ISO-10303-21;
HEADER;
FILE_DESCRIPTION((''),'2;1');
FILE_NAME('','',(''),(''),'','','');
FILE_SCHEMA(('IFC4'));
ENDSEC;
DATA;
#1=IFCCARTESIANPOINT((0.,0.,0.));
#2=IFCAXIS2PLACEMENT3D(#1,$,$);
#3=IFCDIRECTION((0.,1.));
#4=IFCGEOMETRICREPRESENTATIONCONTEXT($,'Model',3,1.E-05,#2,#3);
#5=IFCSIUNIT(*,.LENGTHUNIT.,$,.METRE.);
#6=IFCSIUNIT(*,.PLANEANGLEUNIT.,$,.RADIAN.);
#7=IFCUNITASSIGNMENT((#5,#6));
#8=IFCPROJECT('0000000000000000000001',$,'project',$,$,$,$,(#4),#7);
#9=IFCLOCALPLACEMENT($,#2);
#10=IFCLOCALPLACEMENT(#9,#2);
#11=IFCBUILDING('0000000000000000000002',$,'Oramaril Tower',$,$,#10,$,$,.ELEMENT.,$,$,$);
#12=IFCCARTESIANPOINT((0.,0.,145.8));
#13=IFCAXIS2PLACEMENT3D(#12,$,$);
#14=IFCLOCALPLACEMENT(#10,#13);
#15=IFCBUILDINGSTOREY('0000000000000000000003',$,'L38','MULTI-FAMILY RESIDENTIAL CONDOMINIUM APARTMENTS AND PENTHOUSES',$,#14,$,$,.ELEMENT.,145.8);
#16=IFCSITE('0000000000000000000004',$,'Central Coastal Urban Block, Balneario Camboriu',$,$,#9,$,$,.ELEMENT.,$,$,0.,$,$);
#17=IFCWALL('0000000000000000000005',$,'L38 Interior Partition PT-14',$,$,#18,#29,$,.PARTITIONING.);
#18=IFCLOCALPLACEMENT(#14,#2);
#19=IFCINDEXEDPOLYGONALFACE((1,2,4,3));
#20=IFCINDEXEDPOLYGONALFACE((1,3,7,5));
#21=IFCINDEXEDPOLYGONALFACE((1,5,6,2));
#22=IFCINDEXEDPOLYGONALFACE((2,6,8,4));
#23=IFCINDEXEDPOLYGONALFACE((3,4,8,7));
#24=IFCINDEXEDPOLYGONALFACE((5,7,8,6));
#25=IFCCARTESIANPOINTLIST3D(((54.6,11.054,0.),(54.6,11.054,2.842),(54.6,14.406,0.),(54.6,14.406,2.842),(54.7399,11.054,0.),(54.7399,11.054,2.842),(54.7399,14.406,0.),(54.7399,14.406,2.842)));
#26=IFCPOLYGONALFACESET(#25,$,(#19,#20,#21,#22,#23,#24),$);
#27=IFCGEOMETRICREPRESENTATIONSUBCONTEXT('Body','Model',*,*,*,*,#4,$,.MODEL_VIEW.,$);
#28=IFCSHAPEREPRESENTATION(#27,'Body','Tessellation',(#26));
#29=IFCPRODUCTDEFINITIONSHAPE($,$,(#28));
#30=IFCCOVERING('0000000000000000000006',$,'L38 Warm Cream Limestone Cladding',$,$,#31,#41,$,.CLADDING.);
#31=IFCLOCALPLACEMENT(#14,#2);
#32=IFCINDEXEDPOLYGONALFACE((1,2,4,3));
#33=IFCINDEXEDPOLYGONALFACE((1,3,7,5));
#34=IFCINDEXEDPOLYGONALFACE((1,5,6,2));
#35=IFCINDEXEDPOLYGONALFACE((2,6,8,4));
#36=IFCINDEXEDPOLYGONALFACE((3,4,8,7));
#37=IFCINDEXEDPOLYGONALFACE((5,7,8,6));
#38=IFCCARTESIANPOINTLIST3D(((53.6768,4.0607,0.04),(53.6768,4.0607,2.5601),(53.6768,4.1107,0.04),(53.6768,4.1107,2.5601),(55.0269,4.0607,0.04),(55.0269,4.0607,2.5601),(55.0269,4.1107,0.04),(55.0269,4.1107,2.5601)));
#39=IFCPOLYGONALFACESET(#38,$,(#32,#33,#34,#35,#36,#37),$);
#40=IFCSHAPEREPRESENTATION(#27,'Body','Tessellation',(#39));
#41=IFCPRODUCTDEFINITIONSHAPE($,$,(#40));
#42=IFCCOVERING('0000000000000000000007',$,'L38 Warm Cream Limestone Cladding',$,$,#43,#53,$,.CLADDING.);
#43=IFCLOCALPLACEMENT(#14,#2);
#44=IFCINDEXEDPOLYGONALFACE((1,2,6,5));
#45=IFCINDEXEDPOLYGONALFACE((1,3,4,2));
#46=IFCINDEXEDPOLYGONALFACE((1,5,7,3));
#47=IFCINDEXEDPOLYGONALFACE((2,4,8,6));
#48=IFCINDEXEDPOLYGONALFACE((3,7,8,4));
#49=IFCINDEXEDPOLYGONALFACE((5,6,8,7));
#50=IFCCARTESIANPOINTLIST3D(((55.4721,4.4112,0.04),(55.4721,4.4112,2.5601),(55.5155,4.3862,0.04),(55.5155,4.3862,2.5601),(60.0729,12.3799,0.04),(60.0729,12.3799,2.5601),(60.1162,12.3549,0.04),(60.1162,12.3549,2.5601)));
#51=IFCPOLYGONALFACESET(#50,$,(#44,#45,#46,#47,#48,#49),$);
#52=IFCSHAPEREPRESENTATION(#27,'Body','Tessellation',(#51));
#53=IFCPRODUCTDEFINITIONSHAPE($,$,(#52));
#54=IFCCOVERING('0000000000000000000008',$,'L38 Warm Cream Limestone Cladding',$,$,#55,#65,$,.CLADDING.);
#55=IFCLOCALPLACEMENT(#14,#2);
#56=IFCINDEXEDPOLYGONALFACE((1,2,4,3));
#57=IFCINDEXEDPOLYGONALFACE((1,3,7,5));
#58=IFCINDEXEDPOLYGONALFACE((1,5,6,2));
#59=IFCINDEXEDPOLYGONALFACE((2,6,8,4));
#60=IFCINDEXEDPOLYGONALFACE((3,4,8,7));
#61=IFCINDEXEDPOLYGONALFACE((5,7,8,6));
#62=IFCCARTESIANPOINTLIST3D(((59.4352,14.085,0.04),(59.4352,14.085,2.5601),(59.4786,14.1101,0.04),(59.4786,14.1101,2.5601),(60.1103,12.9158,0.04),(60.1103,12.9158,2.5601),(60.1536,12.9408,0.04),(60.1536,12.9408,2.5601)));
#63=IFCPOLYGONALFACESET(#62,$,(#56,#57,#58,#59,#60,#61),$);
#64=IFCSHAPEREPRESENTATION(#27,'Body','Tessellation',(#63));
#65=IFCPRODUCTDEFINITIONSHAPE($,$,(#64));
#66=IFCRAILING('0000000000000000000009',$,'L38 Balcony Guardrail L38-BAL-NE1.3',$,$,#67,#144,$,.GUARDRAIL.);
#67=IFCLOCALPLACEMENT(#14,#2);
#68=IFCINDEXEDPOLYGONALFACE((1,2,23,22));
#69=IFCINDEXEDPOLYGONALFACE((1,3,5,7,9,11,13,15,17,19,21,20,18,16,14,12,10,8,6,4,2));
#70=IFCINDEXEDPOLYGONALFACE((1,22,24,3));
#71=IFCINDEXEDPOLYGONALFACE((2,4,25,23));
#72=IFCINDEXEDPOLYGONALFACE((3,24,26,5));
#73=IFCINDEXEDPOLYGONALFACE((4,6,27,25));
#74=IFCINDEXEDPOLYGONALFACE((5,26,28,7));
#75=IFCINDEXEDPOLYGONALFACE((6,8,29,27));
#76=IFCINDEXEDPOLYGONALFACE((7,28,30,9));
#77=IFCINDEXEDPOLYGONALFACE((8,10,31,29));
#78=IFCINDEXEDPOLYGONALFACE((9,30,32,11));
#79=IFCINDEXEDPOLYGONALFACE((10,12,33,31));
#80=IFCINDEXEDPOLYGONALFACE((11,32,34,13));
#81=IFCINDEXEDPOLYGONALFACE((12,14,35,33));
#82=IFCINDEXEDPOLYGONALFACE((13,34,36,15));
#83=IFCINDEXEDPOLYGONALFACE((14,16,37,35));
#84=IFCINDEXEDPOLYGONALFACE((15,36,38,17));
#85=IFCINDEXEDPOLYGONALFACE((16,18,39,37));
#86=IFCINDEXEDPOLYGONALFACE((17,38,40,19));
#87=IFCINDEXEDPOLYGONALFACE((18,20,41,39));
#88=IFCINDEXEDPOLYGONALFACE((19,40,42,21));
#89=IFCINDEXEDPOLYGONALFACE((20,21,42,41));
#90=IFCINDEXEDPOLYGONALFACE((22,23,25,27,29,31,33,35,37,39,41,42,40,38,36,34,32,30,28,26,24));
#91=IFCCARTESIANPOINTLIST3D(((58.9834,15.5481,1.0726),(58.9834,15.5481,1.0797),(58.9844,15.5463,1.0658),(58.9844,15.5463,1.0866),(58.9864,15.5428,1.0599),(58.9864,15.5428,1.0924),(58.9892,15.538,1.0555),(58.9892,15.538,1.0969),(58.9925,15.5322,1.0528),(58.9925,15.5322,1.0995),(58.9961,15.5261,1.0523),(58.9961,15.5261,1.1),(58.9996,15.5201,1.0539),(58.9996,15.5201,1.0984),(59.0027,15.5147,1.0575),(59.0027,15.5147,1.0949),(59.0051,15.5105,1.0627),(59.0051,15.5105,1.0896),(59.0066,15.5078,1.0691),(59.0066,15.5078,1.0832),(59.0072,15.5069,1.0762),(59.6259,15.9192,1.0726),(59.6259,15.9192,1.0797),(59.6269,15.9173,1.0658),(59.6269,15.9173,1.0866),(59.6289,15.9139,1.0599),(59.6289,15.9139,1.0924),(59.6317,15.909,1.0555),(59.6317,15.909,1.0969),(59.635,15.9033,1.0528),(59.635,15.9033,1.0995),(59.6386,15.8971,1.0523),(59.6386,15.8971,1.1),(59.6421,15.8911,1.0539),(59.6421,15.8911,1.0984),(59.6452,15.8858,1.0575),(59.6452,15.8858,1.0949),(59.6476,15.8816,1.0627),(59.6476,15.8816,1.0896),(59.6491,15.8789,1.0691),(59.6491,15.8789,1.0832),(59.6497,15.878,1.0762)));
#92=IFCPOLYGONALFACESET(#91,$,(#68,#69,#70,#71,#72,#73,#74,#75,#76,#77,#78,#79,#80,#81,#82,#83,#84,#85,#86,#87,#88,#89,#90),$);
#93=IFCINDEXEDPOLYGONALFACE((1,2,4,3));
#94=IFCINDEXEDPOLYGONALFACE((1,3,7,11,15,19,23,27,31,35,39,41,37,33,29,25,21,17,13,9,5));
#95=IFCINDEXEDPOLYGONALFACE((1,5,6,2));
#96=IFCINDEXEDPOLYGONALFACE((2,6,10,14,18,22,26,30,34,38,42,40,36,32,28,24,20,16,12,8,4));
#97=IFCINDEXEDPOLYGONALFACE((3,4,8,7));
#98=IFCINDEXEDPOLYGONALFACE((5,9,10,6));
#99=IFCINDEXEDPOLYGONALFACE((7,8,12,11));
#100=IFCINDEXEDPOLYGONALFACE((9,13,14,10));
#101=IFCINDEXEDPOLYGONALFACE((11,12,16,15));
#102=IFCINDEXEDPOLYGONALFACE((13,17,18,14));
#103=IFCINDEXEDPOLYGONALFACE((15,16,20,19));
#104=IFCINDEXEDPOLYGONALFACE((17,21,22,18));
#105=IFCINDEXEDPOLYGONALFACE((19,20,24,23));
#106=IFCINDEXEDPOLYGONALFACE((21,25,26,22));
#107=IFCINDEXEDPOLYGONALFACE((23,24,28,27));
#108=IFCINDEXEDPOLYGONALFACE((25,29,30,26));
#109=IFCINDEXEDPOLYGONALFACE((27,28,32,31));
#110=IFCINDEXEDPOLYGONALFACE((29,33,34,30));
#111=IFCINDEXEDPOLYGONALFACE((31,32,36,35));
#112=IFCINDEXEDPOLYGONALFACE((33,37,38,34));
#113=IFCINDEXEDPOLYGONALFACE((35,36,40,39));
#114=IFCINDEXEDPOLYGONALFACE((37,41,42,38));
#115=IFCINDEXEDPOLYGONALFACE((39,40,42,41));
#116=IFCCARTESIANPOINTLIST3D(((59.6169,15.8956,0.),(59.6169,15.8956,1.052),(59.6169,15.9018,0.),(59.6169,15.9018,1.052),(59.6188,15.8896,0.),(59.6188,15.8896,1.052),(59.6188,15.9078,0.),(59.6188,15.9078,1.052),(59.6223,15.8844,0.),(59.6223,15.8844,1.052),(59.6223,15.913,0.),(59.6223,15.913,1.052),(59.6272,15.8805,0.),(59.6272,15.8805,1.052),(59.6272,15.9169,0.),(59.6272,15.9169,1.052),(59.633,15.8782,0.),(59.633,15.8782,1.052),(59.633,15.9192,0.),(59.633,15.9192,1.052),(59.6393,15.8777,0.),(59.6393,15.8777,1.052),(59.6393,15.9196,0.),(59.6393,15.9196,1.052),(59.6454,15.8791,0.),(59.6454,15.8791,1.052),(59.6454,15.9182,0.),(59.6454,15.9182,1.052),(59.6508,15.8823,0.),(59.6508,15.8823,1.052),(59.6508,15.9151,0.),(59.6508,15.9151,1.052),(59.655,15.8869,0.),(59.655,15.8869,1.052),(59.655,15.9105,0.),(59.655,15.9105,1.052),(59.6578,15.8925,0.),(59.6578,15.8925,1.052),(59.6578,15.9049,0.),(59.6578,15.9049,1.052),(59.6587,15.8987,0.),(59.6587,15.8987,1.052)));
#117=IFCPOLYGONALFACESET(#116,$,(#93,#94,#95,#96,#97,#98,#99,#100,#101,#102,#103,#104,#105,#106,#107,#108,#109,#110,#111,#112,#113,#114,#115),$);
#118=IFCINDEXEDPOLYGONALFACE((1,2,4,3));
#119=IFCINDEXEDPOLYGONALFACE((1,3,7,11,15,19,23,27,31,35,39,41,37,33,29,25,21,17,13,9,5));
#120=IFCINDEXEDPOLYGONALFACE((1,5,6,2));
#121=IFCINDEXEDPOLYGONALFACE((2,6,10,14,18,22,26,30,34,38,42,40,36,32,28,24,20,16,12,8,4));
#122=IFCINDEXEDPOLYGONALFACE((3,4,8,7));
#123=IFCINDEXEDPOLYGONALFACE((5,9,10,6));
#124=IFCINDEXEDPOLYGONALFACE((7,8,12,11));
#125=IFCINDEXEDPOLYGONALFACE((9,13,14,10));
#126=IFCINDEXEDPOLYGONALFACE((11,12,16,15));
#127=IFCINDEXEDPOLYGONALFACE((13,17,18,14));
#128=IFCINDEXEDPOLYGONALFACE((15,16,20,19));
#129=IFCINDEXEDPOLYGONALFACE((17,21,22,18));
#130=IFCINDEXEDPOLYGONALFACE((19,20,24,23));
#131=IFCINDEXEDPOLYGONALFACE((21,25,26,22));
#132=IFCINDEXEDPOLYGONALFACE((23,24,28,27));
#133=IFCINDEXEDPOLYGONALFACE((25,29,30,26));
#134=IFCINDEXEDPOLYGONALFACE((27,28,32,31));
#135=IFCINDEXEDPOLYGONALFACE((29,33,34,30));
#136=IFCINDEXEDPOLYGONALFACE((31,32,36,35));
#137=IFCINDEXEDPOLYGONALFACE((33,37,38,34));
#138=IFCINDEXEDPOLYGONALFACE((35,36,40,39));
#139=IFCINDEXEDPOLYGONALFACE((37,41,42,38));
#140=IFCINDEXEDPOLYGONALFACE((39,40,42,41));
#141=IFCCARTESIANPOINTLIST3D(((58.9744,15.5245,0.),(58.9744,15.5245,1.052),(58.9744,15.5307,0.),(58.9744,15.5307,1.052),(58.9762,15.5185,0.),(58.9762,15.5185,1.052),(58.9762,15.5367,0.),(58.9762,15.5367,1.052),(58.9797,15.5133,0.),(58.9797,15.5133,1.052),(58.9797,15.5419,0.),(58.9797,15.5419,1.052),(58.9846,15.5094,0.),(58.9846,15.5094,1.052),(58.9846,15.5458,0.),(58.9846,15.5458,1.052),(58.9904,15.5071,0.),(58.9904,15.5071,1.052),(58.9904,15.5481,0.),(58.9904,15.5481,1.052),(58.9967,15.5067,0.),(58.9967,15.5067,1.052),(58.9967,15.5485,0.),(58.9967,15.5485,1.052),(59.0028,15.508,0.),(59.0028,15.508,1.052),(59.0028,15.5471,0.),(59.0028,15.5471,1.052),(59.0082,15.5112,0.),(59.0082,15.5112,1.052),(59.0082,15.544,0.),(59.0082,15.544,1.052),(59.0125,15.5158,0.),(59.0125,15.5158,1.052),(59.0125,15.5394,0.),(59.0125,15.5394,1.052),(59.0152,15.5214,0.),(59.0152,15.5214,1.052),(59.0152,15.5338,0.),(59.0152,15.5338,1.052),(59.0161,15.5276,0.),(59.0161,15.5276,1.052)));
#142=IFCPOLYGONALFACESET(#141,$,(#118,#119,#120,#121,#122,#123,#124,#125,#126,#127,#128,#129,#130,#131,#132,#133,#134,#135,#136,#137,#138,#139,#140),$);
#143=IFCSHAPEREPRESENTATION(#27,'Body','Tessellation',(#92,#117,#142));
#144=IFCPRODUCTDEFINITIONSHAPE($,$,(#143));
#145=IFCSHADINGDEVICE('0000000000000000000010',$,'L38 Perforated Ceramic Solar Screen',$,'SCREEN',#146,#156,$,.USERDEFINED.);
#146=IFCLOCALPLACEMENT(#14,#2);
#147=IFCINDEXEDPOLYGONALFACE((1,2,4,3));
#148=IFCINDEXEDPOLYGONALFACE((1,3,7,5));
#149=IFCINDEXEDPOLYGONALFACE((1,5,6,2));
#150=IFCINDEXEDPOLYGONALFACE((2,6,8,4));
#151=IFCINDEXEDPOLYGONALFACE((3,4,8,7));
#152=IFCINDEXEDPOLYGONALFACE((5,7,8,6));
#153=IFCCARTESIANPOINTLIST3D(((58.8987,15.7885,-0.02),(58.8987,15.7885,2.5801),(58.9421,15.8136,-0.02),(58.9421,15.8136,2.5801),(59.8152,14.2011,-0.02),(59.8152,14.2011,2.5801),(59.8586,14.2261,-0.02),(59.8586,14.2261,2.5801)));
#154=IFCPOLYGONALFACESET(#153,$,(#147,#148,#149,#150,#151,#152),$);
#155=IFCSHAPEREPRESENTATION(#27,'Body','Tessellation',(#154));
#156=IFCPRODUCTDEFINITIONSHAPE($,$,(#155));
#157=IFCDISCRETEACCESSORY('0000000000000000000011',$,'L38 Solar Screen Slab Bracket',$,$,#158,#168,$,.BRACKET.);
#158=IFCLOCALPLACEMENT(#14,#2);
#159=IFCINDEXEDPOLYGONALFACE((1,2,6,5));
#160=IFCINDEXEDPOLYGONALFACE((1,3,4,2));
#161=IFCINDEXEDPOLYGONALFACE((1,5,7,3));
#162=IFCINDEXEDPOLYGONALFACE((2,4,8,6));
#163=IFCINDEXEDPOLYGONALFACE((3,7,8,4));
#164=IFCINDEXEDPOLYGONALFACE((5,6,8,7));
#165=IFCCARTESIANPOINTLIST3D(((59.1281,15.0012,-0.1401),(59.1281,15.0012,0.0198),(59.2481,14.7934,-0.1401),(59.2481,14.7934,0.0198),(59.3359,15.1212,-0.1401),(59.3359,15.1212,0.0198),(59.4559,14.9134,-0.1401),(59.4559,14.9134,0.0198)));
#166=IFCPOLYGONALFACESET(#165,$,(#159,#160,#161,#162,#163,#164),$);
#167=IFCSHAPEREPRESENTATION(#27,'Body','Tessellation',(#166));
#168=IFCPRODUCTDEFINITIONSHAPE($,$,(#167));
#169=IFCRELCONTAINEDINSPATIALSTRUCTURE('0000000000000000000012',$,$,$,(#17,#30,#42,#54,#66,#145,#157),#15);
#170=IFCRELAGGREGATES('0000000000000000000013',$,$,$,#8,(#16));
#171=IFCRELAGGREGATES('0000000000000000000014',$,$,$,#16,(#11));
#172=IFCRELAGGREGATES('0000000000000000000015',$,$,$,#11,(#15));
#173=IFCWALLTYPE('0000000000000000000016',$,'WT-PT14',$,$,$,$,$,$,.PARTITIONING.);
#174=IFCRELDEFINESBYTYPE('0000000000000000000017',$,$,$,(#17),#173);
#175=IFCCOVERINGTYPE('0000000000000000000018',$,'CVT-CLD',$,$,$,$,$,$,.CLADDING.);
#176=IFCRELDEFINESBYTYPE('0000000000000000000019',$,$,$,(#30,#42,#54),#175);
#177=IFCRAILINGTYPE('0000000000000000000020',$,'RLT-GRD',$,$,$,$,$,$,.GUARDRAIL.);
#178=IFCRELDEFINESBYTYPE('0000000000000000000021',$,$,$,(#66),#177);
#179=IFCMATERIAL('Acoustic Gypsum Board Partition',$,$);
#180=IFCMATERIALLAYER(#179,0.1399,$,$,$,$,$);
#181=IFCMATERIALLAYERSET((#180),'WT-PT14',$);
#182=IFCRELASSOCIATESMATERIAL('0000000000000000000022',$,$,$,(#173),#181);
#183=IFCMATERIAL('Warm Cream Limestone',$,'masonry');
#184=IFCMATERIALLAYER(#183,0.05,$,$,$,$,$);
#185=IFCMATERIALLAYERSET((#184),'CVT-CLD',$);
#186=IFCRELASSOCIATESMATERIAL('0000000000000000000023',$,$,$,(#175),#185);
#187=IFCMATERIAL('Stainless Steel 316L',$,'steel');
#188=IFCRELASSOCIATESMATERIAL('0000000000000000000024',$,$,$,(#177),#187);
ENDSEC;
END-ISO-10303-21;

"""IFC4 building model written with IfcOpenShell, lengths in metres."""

from ifc_helpers import new_model, si_unit, direction, frame, frame_2d, origin, origin_2d, place, context, subcontext, project, spatial, rectangle, circle, extrude, material, layer, layer_set, type_object, element, save


model = new_model("IFC4")

# Units and contexts
model_context = context("Model", 3, precision=1e-05, world=origin(), true_north=direction((0.0, 1.0)))
body_context = subcontext(model_context, "Body", "Model", "MODEL_VIEW")
ifc_project = project(units=[si_unit("LENGTHUNIT", "METRE"), si_unit("PLANEANGLEUNIT", "RADIAN")], contexts=[model_context])

# Site, building, storey
site_placement = place(None, origin())
site = spatial("IfcSite", under=ifc_project, at=site_placement, Name="Central Coastal Urban Block, Balneario Camboriu", CompositionType="ELEMENT", RefElevation=0.0)
building_placement = place(site_placement, origin())
building = spatial("IfcBuilding", under=site, at=building_placement, Name="Oramaril Tower", CompositionType="ELEMENT")
storey_placement = place(building_placement, frame((0.0, 0.0, 145.8)))
storey = spatial("IfcBuildingStorey", under=building, at=storey_placement, Name="L38", Description="MULTI-FAMILY RESIDENTIAL CONDOMINIUM APARTMENTS AND PENTHOUSES", CompositionType="ELEMENT", Elevation=145.8)

# Wall
ifc_material_1 = material(Name="Acoustic Gypsum Board Partition")
ifc_layer_1 = layer(ifc_material_1, 0.1399)
ifc_layer_set_1 = layer_set([ifc_layer_1], Name="WT-PT14")
wall_type_1 = type_object("IfcWallType", Name="WT-PT14", PredefinedType="PARTITIONING", material=ifc_layer_set_1)
wall_1_placement = place(storey_placement, frame((54.6699, 11.054, 0.0), z_axis=(0.0, 0.0, 1.0), x_axis=(0.0, 1.0, 0.0)))
element("IfcWall", 1, at=wall_1_placement, inside=storey, type_object=wall_type_1, Name="L38 Interior Partition PT-14", PredefinedType="PARTITIONING", context=body_context, shape_type="SweptSolid", body=[
    extrude(rectangle(XDim=3.3521, YDim=0.1399, at=frame_2d((1.676, 0.0))), origin(), (0.0, 0.0, 1.0), 2.842),
])

# Coverings
ifc_material_2 = material(Name="Warm Cream Limestone", Category="masonry")
ifc_layer_2 = layer(ifc_material_2, 0.05)
ifc_layer_set_2 = layer_set([ifc_layer_2], Name="CVT-CLD")
covering_type = type_object("IfcCoveringType", Name="CVT-CLD", PredefinedType="CLADDING", material=ifc_layer_set_2)
covering_1_placement = place(storey_placement, frame((54.3518, 4.0857, 0.04), z_axis=(0.0, 0.0, 1.0), x_axis=(1.0, 0.0, 0.0)))
element("IfcCovering", 2, at=covering_1_placement, inside=storey, type_object=covering_type, Name="L38 Warm Cream Limestone Cladding", PredefinedType="CLADDING", context=body_context, shape_type="SweptSolid", body=[
    extrude(rectangle(XDim=1.3501, YDim=0.05, at=origin_2d()), origin(), (0.0, 0.0, 1.0), 2.52),
])
covering_2_placement = place(storey_placement, frame((57.7942, 8.3831, 0.04), z_axis=(0.0, 0.0, 1.0), x_axis=(0.500003, 0.866024, 0.0)))
element("IfcCovering", 3, at=covering_2_placement, inside=storey, type_object=covering_type, Name="L38 Warm Cream Limestone Cladding", PredefinedType="CLADDING", context=body_context, shape_type="SweptSolid", body=[
    extrude(rectangle(XDim=9.2014, YDim=0.05, at=origin_2d()), origin(), (0.0, 0.0, 1.0), 2.52),
])
covering_3_placement = place(storey_placement, frame((59.7944, 13.5129, 0.04), z_axis=(0.0, 0.0, 1.0), x_axis=(-0.499998, 0.866026, 0.0)))
element("IfcCovering", 4, at=covering_3_placement, inside=storey, type_object=covering_type, Name="L38 Warm Cream Limestone Cladding", PredefinedType="CLADDING", context=body_context, shape_type="SweptSolid", body=[
    extrude(rectangle(XDim=1.3501, YDim=0.05, at=origin_2d()), origin(), (0.0, 0.0, 1.0), 2.52),
])

# Railing
ifc_material_3 = material(Name="Stainless Steel 316L", Category="steel")
railing_type = type_object("IfcRailingType", Name="RLT-GRD", PredefinedType="GUARDRAIL", material=ifc_material_3)
railing_placement = place(storey_placement, frame((59.6377, 15.8987, 0.0)))
element("IfcRailing", 5, at=railing_placement, inside=storey, type_object=railing_type, Name="L38 Balcony Guardrail L38-BAL-NE1.3", PredefinedType="GUARDRAIL", context=body_context, shape_type="SweptSolid", body=[
    extrude(circle(Radius=0.0239, at=origin_2d()), frame((0.0, 0.0, 1.0762), z_axis=(-0.865966, -0.500102, 0.0), x_axis=(0.500102, -0.865966, 0.0)), (0.0, 0.0, 1.0), 0.7419),
    extrude(circle(Radius=0.021, at=origin_2d()), origin(), (0.0, 0.0, 1.0), 1.052),
    extrude(circle(Radius=0.021, at=origin_2d()), frame((-0.6426, -0.3711, 0.0)), (0.0, 0.0, 1.0), 1.052),
])

# Shading device
shading_device_placement = place(storey_placement, frame((59.3787, 15.0073, -0.02), z_axis=(0.0, 0.0, 1.0), x_axis=(-0.499998, 0.866026, 0.0)))
element("IfcShadingDevice", 6, at=shading_device_placement, inside=storey, Name="L38 Perforated Ceramic Solar Screen", ObjectType="SCREEN", PredefinedType="USERDEFINED", context=body_context, shape_type="SweptSolid", body=[
    extrude(rectangle(XDim=1.833, YDim=0.05, at=origin_2d()), origin(), (0.0, 0.0, 1.0), 2.6001),
])

# Discrete accessory
discrete_accessory_placement = place(storey_placement, frame((59.292, 14.9573, -0.1401), z_axis=(0.0, 0.0, 1.0), x_axis=(-0.499998, 0.866026, 0.0)))
element("IfcDiscreteAccessory", 7, at=discrete_accessory_placement, inside=storey, Name="L38 Solar Screen Slab Bracket", PredefinedType="BRACKET", context=body_context, shape_type="SweptSolid", body=[
    extrude(rectangle(XDim=0.24, YDim=0.24, at=origin_2d()), origin(), (0.0, 0.0, 1.0), 0.1599),
])

save(model, "model.ifc")
